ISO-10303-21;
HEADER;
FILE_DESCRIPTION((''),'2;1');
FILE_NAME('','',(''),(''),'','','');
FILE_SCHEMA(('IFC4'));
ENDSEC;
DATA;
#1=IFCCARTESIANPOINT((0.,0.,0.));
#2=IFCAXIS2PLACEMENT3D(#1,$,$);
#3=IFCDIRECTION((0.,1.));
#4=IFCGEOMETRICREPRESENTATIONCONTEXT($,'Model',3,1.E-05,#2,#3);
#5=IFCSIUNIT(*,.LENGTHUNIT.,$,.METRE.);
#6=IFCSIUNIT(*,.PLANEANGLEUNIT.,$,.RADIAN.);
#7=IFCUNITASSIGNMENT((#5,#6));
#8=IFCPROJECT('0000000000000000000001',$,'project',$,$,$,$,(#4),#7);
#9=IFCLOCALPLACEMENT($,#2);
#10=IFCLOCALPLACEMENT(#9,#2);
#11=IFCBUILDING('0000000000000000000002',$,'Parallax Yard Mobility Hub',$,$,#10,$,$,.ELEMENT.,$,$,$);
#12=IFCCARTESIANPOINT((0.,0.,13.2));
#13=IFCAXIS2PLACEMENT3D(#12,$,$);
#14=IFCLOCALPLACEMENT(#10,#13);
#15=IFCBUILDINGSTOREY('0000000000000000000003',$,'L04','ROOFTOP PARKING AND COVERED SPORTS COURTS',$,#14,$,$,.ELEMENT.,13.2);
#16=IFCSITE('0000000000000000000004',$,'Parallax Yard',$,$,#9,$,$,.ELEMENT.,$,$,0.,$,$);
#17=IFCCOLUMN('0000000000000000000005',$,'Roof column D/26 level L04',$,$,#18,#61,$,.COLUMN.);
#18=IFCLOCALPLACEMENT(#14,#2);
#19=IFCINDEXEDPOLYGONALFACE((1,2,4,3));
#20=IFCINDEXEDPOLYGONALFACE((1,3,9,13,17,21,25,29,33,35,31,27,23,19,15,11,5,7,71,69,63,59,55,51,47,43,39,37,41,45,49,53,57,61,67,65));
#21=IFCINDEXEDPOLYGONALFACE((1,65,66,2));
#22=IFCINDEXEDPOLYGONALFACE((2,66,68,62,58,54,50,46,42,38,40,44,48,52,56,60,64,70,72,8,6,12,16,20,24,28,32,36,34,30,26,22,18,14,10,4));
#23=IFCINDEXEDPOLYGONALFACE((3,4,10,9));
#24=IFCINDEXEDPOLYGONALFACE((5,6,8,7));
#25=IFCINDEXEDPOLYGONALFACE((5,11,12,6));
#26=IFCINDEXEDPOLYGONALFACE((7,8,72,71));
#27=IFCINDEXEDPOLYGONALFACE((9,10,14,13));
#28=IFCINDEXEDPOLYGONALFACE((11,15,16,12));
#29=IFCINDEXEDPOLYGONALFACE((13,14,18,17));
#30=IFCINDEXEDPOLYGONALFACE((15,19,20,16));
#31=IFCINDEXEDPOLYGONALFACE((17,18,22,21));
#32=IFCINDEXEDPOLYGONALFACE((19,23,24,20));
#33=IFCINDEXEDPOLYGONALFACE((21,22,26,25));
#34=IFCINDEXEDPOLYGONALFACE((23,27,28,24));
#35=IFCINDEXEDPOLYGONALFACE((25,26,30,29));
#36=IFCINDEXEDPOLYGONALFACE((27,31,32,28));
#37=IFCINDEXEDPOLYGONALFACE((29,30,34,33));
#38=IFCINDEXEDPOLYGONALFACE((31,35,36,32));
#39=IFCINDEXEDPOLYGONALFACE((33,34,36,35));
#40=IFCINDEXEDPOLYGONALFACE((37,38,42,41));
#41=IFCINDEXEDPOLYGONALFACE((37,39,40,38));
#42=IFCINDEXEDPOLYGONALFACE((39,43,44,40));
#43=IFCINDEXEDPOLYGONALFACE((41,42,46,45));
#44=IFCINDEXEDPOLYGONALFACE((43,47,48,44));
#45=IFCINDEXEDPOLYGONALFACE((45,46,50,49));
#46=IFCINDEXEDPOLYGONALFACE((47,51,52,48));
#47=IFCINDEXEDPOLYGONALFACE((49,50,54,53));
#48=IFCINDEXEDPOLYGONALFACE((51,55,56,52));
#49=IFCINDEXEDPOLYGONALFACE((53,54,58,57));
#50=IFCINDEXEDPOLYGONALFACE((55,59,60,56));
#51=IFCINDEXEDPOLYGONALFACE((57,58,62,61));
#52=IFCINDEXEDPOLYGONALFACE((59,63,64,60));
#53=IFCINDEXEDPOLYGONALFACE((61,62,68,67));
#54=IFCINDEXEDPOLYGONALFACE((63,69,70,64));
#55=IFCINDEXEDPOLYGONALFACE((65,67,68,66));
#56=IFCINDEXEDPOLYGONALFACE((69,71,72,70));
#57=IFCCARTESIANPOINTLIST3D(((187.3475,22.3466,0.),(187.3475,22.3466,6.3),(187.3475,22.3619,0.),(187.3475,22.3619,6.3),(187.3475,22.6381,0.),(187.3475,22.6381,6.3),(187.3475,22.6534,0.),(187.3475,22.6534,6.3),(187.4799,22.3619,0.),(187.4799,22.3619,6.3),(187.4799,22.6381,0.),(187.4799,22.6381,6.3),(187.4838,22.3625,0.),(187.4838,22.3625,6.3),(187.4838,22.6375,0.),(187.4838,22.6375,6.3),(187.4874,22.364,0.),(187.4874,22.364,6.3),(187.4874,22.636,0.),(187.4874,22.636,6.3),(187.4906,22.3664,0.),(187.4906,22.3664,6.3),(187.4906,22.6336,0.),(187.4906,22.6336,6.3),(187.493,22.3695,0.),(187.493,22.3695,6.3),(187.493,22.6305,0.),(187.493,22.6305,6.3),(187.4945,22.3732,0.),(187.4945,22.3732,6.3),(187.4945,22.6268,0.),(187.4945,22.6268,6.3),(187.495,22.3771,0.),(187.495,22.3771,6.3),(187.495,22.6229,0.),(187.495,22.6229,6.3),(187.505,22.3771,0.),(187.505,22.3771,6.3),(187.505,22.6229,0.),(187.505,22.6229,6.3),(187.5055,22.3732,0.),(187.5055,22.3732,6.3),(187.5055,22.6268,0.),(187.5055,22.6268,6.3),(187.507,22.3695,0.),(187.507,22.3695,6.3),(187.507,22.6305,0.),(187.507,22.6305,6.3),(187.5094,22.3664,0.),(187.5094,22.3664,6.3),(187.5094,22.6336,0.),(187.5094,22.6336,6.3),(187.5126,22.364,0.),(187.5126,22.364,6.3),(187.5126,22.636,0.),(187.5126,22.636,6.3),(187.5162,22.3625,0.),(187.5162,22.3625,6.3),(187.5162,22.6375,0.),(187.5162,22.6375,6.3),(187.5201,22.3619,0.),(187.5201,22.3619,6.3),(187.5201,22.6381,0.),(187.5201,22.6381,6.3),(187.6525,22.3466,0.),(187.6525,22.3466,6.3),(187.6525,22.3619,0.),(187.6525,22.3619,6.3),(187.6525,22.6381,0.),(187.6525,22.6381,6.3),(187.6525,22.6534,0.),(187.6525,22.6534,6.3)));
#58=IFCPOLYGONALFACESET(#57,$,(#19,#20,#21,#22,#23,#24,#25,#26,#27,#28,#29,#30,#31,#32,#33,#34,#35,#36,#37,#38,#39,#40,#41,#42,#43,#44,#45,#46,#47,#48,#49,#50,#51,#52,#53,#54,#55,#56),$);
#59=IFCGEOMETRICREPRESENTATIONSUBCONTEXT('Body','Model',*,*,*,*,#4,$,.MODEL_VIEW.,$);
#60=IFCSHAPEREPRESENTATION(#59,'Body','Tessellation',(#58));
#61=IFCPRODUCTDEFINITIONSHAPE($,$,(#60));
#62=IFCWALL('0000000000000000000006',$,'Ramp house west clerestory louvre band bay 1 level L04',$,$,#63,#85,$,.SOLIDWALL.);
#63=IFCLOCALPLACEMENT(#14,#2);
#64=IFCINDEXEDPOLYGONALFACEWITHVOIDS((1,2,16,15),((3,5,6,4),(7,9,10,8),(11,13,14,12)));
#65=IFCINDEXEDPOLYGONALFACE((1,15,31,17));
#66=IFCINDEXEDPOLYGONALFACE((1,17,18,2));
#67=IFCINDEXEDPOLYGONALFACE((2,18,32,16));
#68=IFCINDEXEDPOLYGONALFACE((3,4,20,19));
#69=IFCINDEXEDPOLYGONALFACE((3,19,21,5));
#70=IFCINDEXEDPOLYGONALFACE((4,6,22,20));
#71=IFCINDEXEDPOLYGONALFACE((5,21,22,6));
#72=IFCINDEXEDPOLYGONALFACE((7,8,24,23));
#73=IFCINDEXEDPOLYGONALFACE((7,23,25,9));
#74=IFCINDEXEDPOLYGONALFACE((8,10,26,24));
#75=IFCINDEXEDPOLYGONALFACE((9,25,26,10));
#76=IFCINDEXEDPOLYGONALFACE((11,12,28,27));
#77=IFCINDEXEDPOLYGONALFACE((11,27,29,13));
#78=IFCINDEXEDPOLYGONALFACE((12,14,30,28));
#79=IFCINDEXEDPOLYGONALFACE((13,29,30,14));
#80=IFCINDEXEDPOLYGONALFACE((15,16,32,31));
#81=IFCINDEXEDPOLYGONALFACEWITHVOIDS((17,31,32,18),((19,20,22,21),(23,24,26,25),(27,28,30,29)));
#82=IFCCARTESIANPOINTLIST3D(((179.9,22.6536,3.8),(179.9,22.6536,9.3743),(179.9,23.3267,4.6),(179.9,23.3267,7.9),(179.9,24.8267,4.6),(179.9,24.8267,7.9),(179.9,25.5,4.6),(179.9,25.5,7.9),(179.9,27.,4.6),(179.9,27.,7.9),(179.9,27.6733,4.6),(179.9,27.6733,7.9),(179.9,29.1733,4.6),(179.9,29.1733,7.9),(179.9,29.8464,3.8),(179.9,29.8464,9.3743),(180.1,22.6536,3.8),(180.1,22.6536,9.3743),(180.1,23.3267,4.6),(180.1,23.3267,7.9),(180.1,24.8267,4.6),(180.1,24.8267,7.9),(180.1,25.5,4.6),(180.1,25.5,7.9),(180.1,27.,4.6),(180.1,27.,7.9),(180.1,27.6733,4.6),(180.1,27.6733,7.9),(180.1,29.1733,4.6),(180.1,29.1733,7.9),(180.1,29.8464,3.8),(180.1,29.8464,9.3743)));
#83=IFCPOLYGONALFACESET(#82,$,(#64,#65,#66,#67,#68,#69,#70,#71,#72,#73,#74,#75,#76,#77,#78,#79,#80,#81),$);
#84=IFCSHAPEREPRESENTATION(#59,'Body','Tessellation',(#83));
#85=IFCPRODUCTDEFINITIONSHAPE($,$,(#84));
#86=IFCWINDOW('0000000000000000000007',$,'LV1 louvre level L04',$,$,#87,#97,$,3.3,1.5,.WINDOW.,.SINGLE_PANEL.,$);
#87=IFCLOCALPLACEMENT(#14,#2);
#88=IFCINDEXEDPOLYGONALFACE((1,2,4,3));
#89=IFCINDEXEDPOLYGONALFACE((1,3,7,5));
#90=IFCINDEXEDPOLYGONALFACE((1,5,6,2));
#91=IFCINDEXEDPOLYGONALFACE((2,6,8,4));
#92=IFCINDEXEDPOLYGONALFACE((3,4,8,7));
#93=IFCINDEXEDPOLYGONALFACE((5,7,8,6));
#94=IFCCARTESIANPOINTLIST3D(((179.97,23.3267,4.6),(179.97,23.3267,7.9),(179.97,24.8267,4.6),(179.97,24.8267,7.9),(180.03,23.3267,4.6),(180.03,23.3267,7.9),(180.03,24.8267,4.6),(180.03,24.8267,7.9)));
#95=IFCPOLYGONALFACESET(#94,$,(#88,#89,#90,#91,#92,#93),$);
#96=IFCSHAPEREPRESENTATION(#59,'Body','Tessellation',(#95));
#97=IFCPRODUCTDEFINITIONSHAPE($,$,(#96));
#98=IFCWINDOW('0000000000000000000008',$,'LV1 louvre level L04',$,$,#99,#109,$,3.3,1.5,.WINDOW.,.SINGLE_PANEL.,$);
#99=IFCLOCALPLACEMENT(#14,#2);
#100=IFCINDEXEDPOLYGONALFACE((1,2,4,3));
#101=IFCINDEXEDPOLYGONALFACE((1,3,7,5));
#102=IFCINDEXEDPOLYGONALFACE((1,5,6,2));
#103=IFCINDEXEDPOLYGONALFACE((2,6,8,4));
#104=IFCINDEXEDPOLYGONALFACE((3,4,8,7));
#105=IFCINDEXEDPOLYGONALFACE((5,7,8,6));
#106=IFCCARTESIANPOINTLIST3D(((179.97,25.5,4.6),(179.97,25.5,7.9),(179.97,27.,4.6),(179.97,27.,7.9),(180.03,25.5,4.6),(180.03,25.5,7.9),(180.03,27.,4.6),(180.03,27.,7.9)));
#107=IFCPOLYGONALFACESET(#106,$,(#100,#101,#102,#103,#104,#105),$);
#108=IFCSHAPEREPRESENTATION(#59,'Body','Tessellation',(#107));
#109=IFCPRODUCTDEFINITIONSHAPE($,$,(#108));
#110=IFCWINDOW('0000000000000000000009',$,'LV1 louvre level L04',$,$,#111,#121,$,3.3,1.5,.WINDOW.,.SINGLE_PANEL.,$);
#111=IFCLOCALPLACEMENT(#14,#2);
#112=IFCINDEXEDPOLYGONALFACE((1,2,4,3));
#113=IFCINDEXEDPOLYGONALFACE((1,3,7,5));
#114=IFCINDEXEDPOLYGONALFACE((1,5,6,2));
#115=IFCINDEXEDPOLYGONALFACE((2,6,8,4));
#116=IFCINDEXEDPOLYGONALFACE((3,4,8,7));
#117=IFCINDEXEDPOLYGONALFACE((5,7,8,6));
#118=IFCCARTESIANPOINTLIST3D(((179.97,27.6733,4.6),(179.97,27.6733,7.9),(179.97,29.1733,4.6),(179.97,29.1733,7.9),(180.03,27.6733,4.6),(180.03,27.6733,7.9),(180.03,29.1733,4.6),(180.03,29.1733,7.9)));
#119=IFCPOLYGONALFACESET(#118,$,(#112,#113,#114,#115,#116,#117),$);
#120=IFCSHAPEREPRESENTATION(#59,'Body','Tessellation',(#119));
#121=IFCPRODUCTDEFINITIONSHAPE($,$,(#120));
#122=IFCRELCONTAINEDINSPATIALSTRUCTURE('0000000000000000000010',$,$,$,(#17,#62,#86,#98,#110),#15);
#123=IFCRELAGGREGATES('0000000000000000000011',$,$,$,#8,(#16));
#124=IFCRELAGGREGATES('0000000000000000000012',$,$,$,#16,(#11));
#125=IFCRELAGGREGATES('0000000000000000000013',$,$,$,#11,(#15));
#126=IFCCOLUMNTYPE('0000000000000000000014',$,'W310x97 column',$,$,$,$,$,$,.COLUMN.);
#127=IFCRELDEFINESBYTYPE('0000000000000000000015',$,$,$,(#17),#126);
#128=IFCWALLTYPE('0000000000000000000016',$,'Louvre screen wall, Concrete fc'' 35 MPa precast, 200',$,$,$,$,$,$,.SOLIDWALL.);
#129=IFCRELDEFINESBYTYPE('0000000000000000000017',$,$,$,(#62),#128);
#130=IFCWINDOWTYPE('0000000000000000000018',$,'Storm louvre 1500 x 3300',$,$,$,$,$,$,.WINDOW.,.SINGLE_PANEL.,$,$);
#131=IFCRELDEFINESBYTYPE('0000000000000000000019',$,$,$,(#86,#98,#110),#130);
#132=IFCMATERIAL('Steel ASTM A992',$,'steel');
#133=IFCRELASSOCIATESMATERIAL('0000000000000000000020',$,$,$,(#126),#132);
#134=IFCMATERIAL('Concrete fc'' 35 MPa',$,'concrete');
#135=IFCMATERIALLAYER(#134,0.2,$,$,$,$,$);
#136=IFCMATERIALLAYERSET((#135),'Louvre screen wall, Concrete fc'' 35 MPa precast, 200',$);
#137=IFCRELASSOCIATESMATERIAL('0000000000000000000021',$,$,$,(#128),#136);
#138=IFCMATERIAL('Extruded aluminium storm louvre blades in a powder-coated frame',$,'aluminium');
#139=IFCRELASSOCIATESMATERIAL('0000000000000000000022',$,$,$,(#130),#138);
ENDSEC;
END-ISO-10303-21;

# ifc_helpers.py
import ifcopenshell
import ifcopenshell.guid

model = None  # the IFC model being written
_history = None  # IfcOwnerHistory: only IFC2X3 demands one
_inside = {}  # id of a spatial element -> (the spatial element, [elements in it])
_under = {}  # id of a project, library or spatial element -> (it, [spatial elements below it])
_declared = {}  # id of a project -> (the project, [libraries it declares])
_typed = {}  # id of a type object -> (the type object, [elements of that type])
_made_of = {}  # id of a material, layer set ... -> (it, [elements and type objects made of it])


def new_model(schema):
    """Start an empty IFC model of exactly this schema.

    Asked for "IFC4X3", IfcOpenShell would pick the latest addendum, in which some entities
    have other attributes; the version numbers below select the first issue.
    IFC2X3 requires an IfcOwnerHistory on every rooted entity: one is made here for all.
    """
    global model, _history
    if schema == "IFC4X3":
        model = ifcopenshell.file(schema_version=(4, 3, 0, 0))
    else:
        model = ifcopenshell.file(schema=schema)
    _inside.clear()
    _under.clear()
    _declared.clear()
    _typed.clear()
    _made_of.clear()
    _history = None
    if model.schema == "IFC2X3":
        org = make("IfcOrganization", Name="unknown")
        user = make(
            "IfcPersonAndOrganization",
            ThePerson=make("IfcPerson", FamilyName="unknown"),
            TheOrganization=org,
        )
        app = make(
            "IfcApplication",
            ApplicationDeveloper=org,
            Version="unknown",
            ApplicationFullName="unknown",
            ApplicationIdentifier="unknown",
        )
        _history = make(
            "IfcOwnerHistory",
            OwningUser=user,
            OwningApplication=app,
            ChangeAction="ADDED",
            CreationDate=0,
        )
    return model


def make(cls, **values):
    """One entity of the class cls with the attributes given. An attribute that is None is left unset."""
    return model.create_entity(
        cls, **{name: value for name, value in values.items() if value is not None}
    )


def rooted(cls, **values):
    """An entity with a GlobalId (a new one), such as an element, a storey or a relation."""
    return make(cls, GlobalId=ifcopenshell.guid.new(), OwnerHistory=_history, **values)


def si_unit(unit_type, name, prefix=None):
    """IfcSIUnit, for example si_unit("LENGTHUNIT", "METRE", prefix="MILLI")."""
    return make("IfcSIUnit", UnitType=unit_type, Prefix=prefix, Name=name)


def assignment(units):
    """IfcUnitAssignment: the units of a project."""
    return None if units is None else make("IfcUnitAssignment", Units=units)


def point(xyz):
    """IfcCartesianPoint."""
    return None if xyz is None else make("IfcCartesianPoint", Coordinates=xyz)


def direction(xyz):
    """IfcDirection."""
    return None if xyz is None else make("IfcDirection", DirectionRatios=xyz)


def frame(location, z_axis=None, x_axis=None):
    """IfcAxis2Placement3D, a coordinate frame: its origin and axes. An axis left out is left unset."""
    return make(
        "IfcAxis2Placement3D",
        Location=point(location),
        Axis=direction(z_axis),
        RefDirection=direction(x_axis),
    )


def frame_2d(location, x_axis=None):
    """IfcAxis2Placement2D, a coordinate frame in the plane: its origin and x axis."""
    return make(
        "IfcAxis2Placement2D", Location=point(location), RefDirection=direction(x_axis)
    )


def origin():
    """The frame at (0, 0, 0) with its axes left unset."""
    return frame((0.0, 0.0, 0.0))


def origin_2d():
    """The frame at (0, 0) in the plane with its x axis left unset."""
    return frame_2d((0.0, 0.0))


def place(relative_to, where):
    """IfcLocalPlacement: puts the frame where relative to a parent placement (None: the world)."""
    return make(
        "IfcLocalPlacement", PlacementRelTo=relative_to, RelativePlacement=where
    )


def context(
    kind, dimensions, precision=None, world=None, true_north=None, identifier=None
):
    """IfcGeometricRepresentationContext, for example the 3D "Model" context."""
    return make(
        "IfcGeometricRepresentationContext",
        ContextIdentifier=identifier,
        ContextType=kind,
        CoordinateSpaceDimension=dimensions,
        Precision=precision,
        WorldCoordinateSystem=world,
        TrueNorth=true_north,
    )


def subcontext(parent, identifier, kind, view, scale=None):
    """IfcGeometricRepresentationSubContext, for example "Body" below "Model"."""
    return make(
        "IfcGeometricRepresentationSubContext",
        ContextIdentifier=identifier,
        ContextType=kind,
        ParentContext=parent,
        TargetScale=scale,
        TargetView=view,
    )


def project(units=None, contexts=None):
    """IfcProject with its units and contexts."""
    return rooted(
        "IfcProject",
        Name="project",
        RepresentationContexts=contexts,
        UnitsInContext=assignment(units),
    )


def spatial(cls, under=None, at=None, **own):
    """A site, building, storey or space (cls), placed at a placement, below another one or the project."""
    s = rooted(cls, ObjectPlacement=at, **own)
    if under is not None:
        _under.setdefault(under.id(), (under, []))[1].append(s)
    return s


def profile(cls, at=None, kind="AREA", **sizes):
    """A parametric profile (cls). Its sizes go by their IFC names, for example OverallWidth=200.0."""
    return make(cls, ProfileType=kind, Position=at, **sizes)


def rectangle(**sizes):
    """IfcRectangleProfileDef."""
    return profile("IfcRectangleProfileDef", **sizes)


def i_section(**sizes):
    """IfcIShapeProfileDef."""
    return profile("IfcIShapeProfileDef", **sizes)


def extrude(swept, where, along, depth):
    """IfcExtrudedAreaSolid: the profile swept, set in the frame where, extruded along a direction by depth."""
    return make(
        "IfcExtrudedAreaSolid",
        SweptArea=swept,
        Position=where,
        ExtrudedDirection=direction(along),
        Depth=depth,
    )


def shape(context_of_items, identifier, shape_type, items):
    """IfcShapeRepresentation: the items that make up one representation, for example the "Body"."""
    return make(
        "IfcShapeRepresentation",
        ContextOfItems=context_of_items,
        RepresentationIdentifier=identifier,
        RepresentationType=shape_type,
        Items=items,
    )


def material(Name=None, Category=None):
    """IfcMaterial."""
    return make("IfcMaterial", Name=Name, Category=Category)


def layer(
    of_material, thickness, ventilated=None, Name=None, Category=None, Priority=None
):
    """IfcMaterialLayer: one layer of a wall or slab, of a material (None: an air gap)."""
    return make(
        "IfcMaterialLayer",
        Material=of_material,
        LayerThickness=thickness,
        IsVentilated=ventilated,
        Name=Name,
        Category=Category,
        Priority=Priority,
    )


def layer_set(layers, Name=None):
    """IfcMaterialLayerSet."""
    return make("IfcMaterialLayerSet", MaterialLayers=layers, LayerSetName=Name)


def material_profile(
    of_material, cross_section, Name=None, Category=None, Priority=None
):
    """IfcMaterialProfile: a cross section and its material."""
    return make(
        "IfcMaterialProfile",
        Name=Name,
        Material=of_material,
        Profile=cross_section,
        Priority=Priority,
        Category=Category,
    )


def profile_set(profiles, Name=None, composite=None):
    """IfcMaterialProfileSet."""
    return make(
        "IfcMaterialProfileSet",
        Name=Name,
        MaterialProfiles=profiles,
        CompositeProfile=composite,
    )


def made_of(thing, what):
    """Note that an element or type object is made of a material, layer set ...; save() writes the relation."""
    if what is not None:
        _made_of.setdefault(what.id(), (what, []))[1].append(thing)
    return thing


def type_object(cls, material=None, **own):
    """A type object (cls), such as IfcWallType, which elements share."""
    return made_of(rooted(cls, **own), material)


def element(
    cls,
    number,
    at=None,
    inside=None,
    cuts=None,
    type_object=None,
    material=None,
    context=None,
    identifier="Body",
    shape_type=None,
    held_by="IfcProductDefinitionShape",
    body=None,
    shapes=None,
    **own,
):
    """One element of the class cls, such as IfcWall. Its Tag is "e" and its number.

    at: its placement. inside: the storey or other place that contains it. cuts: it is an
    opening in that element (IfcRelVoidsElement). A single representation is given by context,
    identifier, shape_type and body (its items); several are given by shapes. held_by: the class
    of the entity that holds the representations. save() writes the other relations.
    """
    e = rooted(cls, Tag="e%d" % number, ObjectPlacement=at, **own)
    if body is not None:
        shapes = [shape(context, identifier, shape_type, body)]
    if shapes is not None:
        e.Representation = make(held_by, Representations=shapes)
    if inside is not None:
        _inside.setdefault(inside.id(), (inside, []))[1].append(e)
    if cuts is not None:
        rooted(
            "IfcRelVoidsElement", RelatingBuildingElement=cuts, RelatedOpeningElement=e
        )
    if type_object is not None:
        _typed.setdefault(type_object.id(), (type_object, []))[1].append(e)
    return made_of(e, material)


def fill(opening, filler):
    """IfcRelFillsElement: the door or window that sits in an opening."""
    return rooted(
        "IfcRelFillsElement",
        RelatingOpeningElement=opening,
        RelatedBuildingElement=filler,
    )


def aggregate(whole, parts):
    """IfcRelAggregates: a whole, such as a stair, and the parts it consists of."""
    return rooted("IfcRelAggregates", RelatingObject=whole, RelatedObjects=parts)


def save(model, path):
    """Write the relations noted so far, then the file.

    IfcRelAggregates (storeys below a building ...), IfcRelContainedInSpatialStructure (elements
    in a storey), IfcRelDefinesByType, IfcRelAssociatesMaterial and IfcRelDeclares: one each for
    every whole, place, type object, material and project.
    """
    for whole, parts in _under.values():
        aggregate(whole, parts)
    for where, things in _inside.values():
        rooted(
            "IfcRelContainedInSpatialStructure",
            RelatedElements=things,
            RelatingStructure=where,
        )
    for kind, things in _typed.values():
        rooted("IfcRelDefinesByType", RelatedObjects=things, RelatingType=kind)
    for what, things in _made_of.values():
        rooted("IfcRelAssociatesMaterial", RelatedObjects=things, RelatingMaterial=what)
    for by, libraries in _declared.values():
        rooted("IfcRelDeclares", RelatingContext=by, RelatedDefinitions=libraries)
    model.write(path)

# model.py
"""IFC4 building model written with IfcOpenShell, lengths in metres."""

from ifc_helpers import new_model, si_unit, direction, frame, frame_2d, origin, origin_2d, place, context, subcontext, project, spatial, rectangle, i_section, extrude, material, layer, layer_set, material_profile, profile_set, type_object, element, fill, save


model = new_model("IFC4")

# Units and contexts
model_context = context("Model", 3, precision=1e-05, world=origin(), true_north=direction((0.0, 1.0)))
body_context = subcontext(model_context, "Body", "Model", "MODEL_VIEW")
ifc_project = project(units=[si_unit("LENGTHUNIT", "METRE"), si_unit("PLANEANGLEUNIT", "RADIAN")], contexts=[model_context])

# Site, building, storey
site_placement = place(None, origin())
site = spatial("IfcSite", under=ifc_project, at=site_placement, Name="Parallax Yard", CompositionType="ELEMENT", RefElevation=0.0)
building_placement = place(site_placement, origin())
building = spatial("IfcBuilding", under=site, at=building_placement, Name="Parallax Yard Mobility Hub", CompositionType="ELEMENT")
storey_placement = place(building_placement, frame((0.0, 0.0, 13.2)))
storey = spatial("IfcBuildingStorey", under=building, at=storey_placement, Name="L04", Description="ROOFTOP PARKING AND COVERED SPORTS COURTS", CompositionType="ELEMENT", Elevation=13.2)

# Column
ifc_material_1 = material(Name="Steel ASTM A992", Category="steel")
ifc_material_profile = material_profile(ifc_material_1, i_section(OverallWidth=0.3049, OverallDepth=0.3069, WebThickness=0.01, FlangeThickness=0.0154, FilletRadius=0.0151, at=origin_2d()), Name="W310x97")
ifc_profile_set = profile_set([ifc_material_profile], Name="Steel ASTM A992")
column_type = type_object("IfcColumnType", Name="W310x97 column", PredefinedType="COLUMN", material=ifc_profile_set)
column_placement = place(storey_placement, frame((187.5, 22.5, 0.0), z_axis=(0.0, 0.0, 1.0), x_axis=(1.0, 0.0, 0.0)))
element("IfcColumn", 1, at=column_placement, inside=storey, type_object=column_type, Name="Roof column D/26 level L04", PredefinedType="COLUMN", context=body_context, shape_type="SweptSolid", body=[
    extrude(i_section(OverallWidth=0.3049, OverallDepth=0.3069, WebThickness=0.01, FlangeThickness=0.0154, FilletRadius=0.0151, at=origin_2d()), origin(), (0.0, 0.0, 1.0), 6.3),
])

# Wall, openings, windows
ifc_material_2 = material(Name="Concrete fc' 35 MPa", Category="concrete")
ifc_layer = layer(ifc_material_2, 0.2)
ifc_layer_set = layer_set([ifc_layer], Name="Louvre screen wall, Concrete fc' 35 MPa precast, 200")
wall_type = type_object("IfcWallType", Name="Louvre screen wall, Concrete fc' 35 MPa precast, 200", PredefinedType="SOLIDWALL", material=ifc_layer_set)
wall_1_placement = place(storey_placement, frame((180.0, 22.6536, 3.8), z_axis=(0.0, 0.0, 1.0), x_axis=(0.0, 1.0, 0.0)))
wall_1 = element("IfcWall", 2, at=wall_1_placement, inside=storey, type_object=wall_type, Name="Ramp house west clerestory louvre band bay 1 level L04", PredefinedType="SOLIDWALL", context=body_context, shape_type="SweptSolid", body=[
    extrude(rectangle(XDim=7.1929, YDim=0.2, at=frame_2d((3.5964, 0.0))), origin(), (0.0, 0.0, 1.0), 5.5742),
])
opening_1_placement = place(wall_1_placement, frame((0.6731, 0.0, 0.8)))
opening_1 = element("IfcOpeningElement", 3, at=opening_1_placement, cuts=wall_1, PredefinedType="OPENING", context=body_context, shape_type="SweptSolid", body=[
    extrude(rectangle(XDim=1.5, YDim=3.3, at=frame_2d((0.75, 1.6499))), frame((0.0, 0.1099, 0.0), z_axis=(0.0, -1.0, 0.0), x_axis=(1.0, 0.0, 0.0)), (0.0, 0.0, 1.0), 0.22),
])
opening_2_placement = place(wall_1_placement, frame((2.8464, 0.0, 0.8)))
opening_2 = element("IfcOpeningElement", 4, at=opening_2_placement, cuts=wall_1, PredefinedType="OPENING", context=body_context, shape_type="SweptSolid", body=[
    extrude(rectangle(XDim=1.5, YDim=3.3, at=frame_2d((0.75, 1.6499))), frame((0.0, 0.1099, 0.0), z_axis=(0.0, -1.0, 0.0), x_axis=(1.0, 0.0, 0.0)), (0.0, 0.0, 1.0), 0.22),
])
opening_3_placement = place(wall_1_placement, frame((5.0198, 0.0, 0.8)))
opening_3 = element("IfcOpeningElement", 5, at=opening_3_placement, cuts=wall_1, PredefinedType="OPENING", context=body_context, shape_type="SweptSolid", body=[
    extrude(rectangle(XDim=1.5, YDim=3.3, at=frame_2d((0.75, 1.6499))), frame((0.0, 0.1099, 0.0), z_axis=(0.0, -1.0, 0.0), x_axis=(1.0, 0.0, 0.0)), (0.0, 0.0, 1.0), 0.22),
])
ifc_material_3 = material(Name="Extruded aluminium storm louvre blades in a powder-coated frame", Category="aluminium")
window_type_1 = type_object("IfcWindowType", Name="Storm louvre 1500 x 3300", PartitioningType="SINGLE_PANEL", PredefinedType="WINDOW", material=ifc_material_3)
window_1_placement = place(opening_1_placement, origin())
window_1 = element("IfcWindow", 6, at=window_1_placement, inside=storey, type_object=window_type_1, Name="LV1 louvre level L04", OverallHeight=3.3, OverallWidth=1.5, PartitioningType="SINGLE_PANEL", PredefinedType="WINDOW", context=body_context, shape_type="SweptSolid", body=[
    extrude(rectangle(XDim=1.5, YDim=3.3, at=frame_2d((0.75, 1.6499))), frame((0.0, 0.03, 0.0), z_axis=(0.0, -1.0, 0.0), x_axis=(1.0, 0.0, 0.0)), (0.0, 0.0, 1.0), 0.0601),
])
fill(opening_1, window_1)
window_2_placement = place(opening_2_placement, origin())
window_2 = element("IfcWindow", 7, at=window_2_placement, inside=storey, type_object=window_type_1, Name="LV1 louvre level L04", OverallHeight=3.3, OverallWidth=1.5, PartitioningType="SINGLE_PANEL", PredefinedType="WINDOW", context=body_context, shape_type="SweptSolid", body=[
    extrude(rectangle(XDim=1.5, YDim=3.3, at=frame_2d((0.75, 1.6499))), frame((0.0, 0.03, 0.0), z_axis=(0.0, -1.0, 0.0), x_axis=(1.0, 0.0, 0.0)), (0.0, 0.0, 1.0), 0.0601),
])
fill(opening_2, window_2)
window_3_placement = place(opening_3_placement, origin())
window_3 = element("IfcWindow", 8, at=window_3_placement, inside=storey, type_object=window_type_1, Name="LV1 louvre level L04", OverallHeight=3.3, OverallWidth=1.5, PartitioningType="SINGLE_PANEL", PredefinedType="WINDOW", context=body_context, shape_type="SweptSolid", body=[
    extrude(rectangle(XDim=1.5, YDim=3.3, at=frame_2d((0.75, 1.6499))), frame((0.0, 0.03, 0.0), z_axis=(0.0, -1.0, 0.0), x_axis=(1.0, 0.0, 0.0)), (0.0, 0.0, 1.0), 0.0601),
])
fill(opening_3, window_3)

save(model, "model.ifc")
